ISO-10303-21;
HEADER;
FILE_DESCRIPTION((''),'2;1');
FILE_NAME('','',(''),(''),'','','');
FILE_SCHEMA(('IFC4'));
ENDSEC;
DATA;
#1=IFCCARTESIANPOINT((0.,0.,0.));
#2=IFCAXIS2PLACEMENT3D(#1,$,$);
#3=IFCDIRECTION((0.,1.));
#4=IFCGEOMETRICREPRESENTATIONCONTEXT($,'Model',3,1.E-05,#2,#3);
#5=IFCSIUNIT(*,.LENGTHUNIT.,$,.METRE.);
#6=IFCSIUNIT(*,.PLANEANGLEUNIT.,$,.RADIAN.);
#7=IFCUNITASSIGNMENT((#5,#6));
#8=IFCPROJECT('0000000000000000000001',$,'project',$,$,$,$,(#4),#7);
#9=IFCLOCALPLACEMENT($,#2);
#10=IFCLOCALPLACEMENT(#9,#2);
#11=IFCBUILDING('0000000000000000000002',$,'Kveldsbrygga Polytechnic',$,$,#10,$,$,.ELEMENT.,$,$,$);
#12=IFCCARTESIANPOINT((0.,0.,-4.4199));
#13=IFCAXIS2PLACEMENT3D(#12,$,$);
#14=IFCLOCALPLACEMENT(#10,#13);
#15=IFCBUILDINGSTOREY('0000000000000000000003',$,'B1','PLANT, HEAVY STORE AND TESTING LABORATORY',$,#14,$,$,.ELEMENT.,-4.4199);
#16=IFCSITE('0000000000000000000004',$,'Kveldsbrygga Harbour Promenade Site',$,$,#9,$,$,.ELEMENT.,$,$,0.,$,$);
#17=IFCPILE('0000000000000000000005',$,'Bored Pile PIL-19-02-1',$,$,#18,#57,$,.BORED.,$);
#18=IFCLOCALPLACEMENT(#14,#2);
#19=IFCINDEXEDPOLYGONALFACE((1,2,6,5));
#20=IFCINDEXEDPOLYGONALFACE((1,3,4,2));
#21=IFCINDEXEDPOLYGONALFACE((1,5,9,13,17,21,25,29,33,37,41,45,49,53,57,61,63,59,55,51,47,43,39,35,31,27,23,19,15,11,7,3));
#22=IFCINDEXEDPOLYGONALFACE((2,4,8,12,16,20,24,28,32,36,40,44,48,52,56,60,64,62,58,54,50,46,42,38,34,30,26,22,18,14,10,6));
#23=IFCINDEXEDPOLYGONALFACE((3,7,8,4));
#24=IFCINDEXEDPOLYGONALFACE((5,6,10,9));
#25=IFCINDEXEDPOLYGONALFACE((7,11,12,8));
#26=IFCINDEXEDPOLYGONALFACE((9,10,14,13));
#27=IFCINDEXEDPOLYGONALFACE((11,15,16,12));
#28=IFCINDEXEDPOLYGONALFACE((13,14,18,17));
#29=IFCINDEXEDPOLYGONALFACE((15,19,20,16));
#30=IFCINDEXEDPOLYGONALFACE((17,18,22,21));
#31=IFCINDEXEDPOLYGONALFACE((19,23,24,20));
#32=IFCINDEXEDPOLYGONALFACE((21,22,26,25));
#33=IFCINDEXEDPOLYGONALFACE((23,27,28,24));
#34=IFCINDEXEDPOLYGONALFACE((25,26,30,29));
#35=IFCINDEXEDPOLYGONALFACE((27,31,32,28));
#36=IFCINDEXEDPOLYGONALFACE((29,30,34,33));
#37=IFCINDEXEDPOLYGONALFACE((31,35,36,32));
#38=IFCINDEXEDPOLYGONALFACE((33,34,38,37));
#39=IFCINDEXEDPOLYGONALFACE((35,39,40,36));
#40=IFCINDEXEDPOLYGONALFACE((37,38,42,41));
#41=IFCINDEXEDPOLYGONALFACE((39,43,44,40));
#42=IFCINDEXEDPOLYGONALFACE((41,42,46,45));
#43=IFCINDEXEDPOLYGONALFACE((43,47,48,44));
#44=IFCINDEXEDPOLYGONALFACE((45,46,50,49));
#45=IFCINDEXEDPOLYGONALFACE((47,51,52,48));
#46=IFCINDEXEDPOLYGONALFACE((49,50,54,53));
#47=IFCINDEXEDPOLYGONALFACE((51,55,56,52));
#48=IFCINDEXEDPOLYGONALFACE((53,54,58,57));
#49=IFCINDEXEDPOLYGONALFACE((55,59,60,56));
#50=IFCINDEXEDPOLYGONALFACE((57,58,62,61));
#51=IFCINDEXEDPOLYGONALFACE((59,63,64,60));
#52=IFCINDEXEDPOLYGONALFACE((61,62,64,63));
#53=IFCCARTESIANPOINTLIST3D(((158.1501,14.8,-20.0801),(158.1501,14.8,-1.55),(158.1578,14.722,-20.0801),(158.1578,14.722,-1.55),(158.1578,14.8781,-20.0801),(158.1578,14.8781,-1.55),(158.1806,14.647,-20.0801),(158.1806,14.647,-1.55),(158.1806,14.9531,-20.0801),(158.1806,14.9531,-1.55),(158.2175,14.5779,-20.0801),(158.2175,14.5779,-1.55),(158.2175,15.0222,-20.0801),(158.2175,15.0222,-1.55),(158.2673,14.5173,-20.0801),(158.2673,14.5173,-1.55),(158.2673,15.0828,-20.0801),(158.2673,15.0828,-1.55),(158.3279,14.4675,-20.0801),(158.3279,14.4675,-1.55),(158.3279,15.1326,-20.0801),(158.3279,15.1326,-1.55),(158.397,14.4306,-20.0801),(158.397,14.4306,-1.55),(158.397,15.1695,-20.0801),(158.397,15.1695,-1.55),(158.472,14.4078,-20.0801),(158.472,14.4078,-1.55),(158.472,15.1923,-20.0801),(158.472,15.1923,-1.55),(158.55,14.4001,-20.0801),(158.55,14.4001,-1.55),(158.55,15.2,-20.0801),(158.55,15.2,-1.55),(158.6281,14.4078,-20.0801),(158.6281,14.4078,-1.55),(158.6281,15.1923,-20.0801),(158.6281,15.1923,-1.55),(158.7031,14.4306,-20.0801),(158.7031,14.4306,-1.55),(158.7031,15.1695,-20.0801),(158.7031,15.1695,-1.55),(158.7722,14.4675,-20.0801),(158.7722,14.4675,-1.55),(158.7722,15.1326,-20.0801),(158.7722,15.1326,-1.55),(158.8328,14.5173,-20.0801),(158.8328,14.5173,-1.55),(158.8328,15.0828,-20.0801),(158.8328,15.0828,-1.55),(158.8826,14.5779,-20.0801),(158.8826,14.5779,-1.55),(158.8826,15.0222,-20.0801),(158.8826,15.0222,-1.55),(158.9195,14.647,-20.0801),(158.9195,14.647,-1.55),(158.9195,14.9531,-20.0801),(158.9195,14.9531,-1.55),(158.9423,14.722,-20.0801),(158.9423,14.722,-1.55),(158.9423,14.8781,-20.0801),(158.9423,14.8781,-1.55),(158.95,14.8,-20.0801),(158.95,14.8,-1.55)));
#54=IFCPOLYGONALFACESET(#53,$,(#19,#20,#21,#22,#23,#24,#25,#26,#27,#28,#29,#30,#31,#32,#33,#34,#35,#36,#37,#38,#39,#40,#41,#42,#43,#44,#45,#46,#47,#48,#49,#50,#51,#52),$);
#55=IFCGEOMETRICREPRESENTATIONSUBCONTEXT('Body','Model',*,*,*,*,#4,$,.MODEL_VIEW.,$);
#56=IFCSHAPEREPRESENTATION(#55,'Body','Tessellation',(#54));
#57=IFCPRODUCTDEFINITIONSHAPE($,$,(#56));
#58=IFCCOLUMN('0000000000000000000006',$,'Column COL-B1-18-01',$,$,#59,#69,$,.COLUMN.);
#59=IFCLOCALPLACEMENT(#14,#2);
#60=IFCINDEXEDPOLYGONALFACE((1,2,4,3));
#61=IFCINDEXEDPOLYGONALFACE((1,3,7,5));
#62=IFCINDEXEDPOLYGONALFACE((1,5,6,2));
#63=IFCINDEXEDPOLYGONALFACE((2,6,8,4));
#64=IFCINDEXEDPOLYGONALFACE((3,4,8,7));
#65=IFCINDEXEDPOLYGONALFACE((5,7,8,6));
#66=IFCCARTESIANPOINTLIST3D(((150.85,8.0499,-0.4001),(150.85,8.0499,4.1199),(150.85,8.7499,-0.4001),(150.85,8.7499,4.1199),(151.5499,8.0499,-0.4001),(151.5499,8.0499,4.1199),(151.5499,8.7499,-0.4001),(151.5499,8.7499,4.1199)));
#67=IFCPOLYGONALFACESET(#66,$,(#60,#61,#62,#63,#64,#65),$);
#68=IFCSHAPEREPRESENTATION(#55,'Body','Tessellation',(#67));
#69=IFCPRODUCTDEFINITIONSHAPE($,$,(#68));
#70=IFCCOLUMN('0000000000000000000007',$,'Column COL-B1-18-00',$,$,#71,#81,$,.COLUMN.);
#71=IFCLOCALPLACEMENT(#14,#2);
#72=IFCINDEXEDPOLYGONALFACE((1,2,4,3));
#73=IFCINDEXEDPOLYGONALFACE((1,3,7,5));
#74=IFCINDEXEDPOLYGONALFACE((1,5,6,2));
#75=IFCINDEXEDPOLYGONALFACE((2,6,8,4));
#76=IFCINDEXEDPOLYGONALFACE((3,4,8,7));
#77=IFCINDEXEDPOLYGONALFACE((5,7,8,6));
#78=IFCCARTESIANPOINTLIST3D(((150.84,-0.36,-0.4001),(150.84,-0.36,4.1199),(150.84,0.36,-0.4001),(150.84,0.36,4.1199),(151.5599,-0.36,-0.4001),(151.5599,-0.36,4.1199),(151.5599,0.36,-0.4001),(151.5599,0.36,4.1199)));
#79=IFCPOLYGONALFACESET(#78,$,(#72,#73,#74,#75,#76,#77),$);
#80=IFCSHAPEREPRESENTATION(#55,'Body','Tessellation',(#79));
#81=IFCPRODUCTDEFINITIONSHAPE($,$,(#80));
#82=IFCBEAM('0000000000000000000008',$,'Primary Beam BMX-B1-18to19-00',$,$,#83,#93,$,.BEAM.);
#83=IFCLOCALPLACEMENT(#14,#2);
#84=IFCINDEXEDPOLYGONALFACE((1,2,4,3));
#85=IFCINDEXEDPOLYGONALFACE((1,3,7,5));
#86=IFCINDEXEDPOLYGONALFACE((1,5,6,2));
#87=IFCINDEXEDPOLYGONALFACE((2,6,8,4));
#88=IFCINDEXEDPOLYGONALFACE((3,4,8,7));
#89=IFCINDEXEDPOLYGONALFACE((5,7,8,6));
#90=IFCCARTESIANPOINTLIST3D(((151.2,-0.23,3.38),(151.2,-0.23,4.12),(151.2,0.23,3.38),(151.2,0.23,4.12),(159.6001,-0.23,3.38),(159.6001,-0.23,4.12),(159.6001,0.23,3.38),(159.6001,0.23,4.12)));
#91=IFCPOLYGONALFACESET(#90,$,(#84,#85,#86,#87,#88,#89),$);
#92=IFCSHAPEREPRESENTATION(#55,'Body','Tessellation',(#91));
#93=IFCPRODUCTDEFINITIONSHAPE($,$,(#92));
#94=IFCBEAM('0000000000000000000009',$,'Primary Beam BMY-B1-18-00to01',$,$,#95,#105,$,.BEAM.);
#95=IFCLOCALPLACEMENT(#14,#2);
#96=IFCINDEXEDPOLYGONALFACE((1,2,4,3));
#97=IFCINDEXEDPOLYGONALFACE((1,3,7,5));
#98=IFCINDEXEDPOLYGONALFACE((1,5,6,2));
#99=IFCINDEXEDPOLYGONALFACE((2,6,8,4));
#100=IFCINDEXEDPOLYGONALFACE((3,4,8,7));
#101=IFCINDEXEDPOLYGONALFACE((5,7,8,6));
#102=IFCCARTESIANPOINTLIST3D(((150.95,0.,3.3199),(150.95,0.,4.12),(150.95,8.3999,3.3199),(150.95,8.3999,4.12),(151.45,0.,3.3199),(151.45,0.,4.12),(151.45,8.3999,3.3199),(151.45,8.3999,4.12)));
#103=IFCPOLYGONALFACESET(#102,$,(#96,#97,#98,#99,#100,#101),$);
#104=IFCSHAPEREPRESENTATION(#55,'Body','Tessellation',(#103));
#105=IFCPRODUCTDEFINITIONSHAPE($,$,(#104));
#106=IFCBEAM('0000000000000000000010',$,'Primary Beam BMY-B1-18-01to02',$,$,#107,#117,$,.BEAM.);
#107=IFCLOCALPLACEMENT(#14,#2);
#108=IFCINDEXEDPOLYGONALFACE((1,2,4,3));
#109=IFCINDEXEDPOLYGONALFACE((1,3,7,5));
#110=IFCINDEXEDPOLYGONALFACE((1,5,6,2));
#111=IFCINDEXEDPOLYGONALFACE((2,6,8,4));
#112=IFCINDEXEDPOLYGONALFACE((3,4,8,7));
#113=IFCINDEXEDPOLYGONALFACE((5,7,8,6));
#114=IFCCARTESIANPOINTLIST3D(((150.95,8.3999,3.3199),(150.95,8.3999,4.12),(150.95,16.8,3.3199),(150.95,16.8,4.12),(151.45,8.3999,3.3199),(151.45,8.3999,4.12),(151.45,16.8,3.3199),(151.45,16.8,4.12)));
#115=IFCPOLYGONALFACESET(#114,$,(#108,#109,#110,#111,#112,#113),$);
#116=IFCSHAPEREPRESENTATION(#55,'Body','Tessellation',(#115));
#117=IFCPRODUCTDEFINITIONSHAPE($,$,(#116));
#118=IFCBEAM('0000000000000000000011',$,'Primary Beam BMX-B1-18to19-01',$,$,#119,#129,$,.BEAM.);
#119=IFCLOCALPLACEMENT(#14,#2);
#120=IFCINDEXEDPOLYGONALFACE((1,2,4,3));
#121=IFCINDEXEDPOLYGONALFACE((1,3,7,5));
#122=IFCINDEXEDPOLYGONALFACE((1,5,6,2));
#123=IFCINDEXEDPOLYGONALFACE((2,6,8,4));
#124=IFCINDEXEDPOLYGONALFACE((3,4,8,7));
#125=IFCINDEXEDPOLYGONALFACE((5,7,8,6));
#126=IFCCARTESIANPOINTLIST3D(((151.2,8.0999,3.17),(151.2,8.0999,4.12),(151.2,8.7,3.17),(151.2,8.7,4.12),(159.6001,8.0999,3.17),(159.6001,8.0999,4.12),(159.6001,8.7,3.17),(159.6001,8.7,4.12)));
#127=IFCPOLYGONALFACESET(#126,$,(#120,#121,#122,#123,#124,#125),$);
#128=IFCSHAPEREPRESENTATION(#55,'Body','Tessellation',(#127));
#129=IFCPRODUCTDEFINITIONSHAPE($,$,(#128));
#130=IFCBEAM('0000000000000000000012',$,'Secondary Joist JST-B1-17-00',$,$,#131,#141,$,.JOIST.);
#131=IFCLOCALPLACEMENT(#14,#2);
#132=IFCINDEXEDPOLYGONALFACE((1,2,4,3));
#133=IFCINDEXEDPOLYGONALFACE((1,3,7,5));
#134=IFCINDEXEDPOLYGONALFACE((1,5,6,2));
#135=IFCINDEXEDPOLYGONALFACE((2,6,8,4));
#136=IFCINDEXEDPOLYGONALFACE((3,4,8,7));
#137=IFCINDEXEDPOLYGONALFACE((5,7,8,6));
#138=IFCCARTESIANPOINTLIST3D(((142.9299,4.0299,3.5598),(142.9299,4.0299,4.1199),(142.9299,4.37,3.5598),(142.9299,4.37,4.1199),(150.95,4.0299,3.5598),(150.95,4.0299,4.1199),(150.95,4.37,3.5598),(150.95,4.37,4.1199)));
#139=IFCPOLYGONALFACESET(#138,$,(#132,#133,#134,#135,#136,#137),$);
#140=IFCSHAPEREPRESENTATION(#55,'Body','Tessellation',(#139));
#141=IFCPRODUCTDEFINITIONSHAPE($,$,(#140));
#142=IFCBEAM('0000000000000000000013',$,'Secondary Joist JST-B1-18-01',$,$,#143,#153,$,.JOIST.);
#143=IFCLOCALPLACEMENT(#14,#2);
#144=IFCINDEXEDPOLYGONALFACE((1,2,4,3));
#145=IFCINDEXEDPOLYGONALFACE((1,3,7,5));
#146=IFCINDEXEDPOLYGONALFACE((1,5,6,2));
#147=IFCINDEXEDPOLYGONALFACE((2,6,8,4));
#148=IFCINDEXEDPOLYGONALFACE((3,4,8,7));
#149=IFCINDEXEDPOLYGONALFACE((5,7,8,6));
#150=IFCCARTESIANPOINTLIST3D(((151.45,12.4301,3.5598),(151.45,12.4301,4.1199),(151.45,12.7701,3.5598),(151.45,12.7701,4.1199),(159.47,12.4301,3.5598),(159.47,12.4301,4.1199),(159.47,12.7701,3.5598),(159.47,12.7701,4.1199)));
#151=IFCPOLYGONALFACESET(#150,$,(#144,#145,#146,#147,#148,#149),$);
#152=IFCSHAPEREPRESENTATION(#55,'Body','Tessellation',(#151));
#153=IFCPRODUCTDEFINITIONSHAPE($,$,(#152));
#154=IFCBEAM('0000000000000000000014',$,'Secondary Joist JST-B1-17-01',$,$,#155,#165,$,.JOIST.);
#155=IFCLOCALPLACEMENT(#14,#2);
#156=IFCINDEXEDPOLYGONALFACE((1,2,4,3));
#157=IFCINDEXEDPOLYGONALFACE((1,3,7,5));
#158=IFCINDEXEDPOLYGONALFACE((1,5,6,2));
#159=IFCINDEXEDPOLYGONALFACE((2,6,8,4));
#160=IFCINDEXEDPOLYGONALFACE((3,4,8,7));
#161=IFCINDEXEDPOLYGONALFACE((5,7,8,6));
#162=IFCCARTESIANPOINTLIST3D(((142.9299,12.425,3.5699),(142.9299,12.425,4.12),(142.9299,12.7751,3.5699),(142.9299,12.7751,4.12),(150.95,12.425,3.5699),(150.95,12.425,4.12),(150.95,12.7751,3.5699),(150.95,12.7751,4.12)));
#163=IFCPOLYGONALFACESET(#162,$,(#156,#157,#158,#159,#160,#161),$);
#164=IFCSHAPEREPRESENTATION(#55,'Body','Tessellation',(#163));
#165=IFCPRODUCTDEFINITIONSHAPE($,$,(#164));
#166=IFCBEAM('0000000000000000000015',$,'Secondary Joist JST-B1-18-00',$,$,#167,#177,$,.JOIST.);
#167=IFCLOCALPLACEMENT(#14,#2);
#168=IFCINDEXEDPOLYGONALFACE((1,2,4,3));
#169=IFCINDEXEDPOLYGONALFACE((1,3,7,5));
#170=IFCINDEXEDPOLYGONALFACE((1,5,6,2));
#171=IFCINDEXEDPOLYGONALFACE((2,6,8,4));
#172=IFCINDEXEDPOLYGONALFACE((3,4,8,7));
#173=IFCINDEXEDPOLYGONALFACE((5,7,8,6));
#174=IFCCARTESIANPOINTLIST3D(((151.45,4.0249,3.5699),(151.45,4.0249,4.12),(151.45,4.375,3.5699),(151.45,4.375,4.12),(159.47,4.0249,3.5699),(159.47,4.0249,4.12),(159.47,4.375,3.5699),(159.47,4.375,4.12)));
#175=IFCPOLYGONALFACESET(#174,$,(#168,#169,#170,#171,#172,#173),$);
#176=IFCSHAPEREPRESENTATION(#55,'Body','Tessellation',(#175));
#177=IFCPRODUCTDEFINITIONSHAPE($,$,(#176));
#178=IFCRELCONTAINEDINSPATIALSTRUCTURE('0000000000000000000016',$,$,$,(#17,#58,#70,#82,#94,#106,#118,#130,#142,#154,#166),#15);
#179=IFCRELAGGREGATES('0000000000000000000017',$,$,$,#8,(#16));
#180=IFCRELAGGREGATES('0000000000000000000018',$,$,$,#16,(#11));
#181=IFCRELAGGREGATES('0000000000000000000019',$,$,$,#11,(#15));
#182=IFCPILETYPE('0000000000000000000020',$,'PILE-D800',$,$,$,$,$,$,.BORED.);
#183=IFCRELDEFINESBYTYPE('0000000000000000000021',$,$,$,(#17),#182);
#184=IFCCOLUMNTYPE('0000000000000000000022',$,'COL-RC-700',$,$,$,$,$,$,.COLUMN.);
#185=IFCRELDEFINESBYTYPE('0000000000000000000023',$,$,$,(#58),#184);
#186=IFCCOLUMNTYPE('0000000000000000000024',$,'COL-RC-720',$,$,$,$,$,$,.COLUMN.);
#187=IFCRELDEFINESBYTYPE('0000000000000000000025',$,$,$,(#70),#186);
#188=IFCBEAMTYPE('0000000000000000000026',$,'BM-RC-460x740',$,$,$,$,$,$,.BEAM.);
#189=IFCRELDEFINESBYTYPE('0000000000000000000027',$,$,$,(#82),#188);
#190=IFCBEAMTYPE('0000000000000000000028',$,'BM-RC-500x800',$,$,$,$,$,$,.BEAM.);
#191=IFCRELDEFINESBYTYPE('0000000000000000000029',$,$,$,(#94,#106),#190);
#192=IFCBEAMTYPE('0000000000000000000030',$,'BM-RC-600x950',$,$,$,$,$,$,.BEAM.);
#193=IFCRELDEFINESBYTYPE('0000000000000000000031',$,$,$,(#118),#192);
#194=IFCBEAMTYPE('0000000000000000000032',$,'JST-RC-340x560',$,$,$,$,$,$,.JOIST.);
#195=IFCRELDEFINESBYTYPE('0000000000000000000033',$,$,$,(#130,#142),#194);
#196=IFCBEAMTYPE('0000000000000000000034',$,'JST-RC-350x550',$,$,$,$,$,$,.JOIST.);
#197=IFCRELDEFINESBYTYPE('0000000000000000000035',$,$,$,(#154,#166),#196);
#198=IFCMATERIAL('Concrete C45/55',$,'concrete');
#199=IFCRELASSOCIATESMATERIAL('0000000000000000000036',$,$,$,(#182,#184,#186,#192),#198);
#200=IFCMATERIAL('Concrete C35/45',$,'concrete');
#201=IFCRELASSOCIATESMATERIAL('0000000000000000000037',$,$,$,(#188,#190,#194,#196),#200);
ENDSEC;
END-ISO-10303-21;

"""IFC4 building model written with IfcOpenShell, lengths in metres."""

from ifc_helpers import new_model, si_unit, direction, frame, origin, origin_2d, place, context, subcontext, project, spatial, rectangle, circle, extrude, material, material_profile, profile_set, type_object, element, save


model = new_model("IFC4")

# Units and contexts
model_context = context("Model", 3, precision=1e-05, world=origin(), true_north=direction((0.0, 1.0)))
body_context = subcontext(model_context, "Body", "Model", "MODEL_VIEW")
ifc_project = project(units=[si_unit("LENGTHUNIT", "METRE"), si_unit("PLANEANGLEUNIT", "RADIAN")], contexts=[model_context])

# Site, building, storey
site_placement = place(None, origin())
site = spatial("IfcSite", under=ifc_project, at=site_placement, Name="Kveldsbrygga Harbour Promenade Site", CompositionType="ELEMENT", RefElevation=0.0)
building_placement = place(site_placement, origin())
building = spatial("IfcBuilding", under=site, at=building_placement, Name="Kveldsbrygga Polytechnic", CompositionType="ELEMENT")
storey_placement = place(building_placement, frame((0.0, 0.0, -4.4199)))
storey = spatial("IfcBuildingStorey", under=building, at=storey_placement, Name="B1", Description="PLANT, HEAVY STORE AND TESTING LABORATORY", CompositionType="ELEMENT", Elevation=-4.4199)

# Shared definitions
ifc_material_1 = material(Name="Concrete C45/55", Category="concrete")

# Pile
ifc_material_profile_1 = material_profile(ifc_material_1, circle(Radius=0.3999, at=origin_2d()), Name="PILE D800")
ifc_profile_set_1 = profile_set([ifc_material_profile_1], Name="Concrete C45/55")
pile_type_1 = type_object("IfcPileType", Name="PILE-D800", PredefinedType="BORED", material=ifc_profile_set_1)
pile_1_placement = place(storey_placement, frame((158.55, 14.8, -1.55), z_axis=(0.0, 0.0, -1.0), x_axis=(1.0, 0.0, 0.0)))
element("IfcPile", 1, at=pile_1_placement, inside=storey, type_object=pile_type_1, Name="Bored Pile PIL-19-02-1", PredefinedType="BORED", context=body_context, shape_type="SweptSolid", body=[
    extrude(circle(Radius=0.3999, at=origin_2d()), origin(), (0.0, 0.0, 1.0), 18.53),
])

# Columns
ifc_material_profile_2 = material_profile(ifc_material_1, rectangle(XDim=0.7, YDim=0.7, at=origin_2d()), Name="RC 700x700")
ifc_profile_set_2 = profile_set([ifc_material_profile_2], Name="Concrete C45/55")
column_type_1 = type_object("IfcColumnType", Name="COL-RC-700", PredefinedType="COLUMN", material=ifc_profile_set_2)
column_1_placement = place(storey_placement, frame((151.2, 8.3999, -0.4001), z_axis=(0.0, 0.0, 1.0), x_axis=(1.0, 0.0, 0.0)))
element("IfcColumn", 2, at=column_1_placement, inside=storey, type_object=column_type_1, Name="Column COL-B1-18-01", PredefinedType="COLUMN", context=body_context, shape_type="SweptSolid", body=[
    extrude(rectangle(XDim=0.7, YDim=0.7, at=origin_2d()), origin(), (0.0, 0.0, 1.0), 4.52),
])
ifc_material_profile_3 = material_profile(ifc_material_1, rectangle(XDim=0.72, YDim=0.72, at=origin_2d()), Name="RC 720x720")
ifc_profile_set_3 = profile_set([ifc_material_profile_3], Name="Concrete C45/55")
column_type_2 = type_object("IfcColumnType", Name="COL-RC-720", PredefinedType="COLUMN", material=ifc_profile_set_3)
column_2_placement = place(storey_placement, frame((151.2, 0.0, -0.4001), z_axis=(0.0, 0.0, 1.0), x_axis=(1.0, 0.0, 0.0)))
element("IfcColumn", 3, at=column_2_placement, inside=storey, type_object=column_type_2, Name="Column COL-B1-18-00", PredefinedType="COLUMN", context=body_context, shape_type="SweptSolid", body=[
    extrude(rectangle(XDim=0.72, YDim=0.72, at=origin_2d()), origin(), (0.0, 0.0, 1.0), 4.52),
])

# Beams
ifc_material_2 = material(Name="Concrete C35/45", Category="concrete")
ifc_material_profile_4 = material_profile(ifc_material_2, rectangle(XDim=0.46, YDim=0.74, at=origin_2d()), Name="RC 460x740")
ifc_profile_set_4 = profile_set([ifc_material_profile_4], Name="Concrete C35/45")
beam_type_1 = type_object("IfcBeamType", Name="BM-RC-460x740", PredefinedType="BEAM", material=ifc_profile_set_4)
beam_1_placement = place(storey_placement, frame((151.2, 0.0, 3.75), z_axis=(1.0, 0.0, 0.0), x_axis=(0.0, 1.0, 0.0)))
element("IfcBeam", 4, at=beam_1_placement, inside=storey, type_object=beam_type_1, Name="Primary Beam BMX-B1-18to19-00", PredefinedType="BEAM", context=body_context, shape_type="SweptSolid", body=[
    extrude(rectangle(XDim=0.46, YDim=0.74, at=origin_2d()), origin(), (0.0, 0.0, 1.0), 8.4001),
])
ifc_material_profile_5 = material_profile(ifc_material_2, rectangle(XDim=0.5, YDim=0.8, at=origin_2d()), Name="RC 500x800")
ifc_profile_set_5 = profile_set([ifc_material_profile_5], Name="Concrete C35/45")
beam_type_2 = type_object("IfcBeamType", Name="BM-RC-500x800", PredefinedType="BEAM", material=ifc_profile_set_5)
beam_2_placement = place(storey_placement, frame((151.2, 0.0, 3.72), z_axis=(0.0, 1.0, 0.0), x_axis=(-1.0, 0.0, 0.0)))
element("IfcBeam", 5, at=beam_2_placement, inside=storey, type_object=beam_type_2, Name="Primary Beam BMY-B1-18-00to01", PredefinedType="BEAM", context=body_context, shape_type="SweptSolid", body=[
    extrude(rectangle(XDim=0.5, YDim=0.8, at=origin_2d()), origin(), (0.0, 0.0, 1.0), 8.3999),
])
beam_3_placement = place(storey_placement, frame((151.2, 8.3999, 3.72), z_axis=(0.0, 1.0, 0.0), x_axis=(-1.0, 0.0, 0.0)))
element("IfcBeam", 6, at=beam_3_placement, inside=storey, type_object=beam_type_2, Name="Primary Beam BMY-B1-18-01to02", PredefinedType="BEAM", context=body_context, shape_type="SweptSolid", body=[
    extrude(rectangle(XDim=0.5, YDim=0.8, at=origin_2d()), origin(), (0.0, 0.0, 1.0), 8.4001),
])
ifc_material_profile_6 = material_profile(ifc_material_1, rectangle(XDim=0.6001, YDim=0.95, at=origin_2d()), Name="RC 600x950")
ifc_profile_set_6 = profile_set([ifc_material_profile_6], Name="Concrete C45/55")
beam_type_3 = type_object("IfcBeamType", Name="BM-RC-600x950", PredefinedType="BEAM", material=ifc_profile_set_6)
beam_4_placement = place(storey_placement, frame((151.2, 8.3999, 3.645), z_axis=(1.0, 0.0, 0.0), x_axis=(0.0, 1.0, 0.0)))
element("IfcBeam", 7, at=beam_4_placement, inside=storey, type_object=beam_type_3, Name="Primary Beam BMX-B1-18to19-01", PredefinedType="BEAM", context=body_context, shape_type="SweptSolid", body=[
    extrude(rectangle(XDim=0.6001, YDim=0.95, at=origin_2d()), origin(), (0.0, 0.0, 1.0), 8.4001),
])
ifc_material_profile_7 = material_profile(ifc_material_2, rectangle(XDim=0.3401, YDim=0.5601, at=origin_2d()), Name="RC 340x560")
ifc_profile_set_7 = profile_set([ifc_material_profile_7], Name="Concrete C35/45")
beam_type_4 = type_object("IfcBeamType", Name="JST-RC-340x560", PredefinedType="JOIST", material=ifc_profile_set_7)
for number, where, z_axis, x_axis, name in (
    (8, (142.9299, 4.2, 3.8398), (1.0, 0.0, 0.0), (0.0, 1.0, 0.0), "Secondary Joist JST-B1-17-00"),
    (9, (151.45, 12.6001, 3.8398), (1.0, 0.0, 0.0), (0.0, 1.0, 0.0), "Secondary Joist JST-B1-18-01"),
):
    element("IfcBeam", number, at=place(storey_placement, frame(where, z_axis=z_axis, x_axis=x_axis)), inside=storey, type_object=beam_type_4, Name=name, PredefinedType="JOIST", context=body_context, shape_type="SweptSolid", body=[
        extrude(rectangle(XDim=0.3401, YDim=0.5601, at=origin_2d()), origin(), (0.0, 0.0, 1.0), 8.02),
    ])
ifc_material_profile_8 = material_profile(ifc_material_2, rectangle(XDim=0.3501, YDim=0.55, at=origin_2d()), Name="RC 350x550")
ifc_profile_set_8 = profile_set([ifc_material_profile_8], Name="Concrete C35/45")
beam_type_5 = type_object("IfcBeamType", Name="JST-RC-350x550", PredefinedType="JOIST", material=ifc_profile_set_8)
for number, where, z_axis, x_axis, name in (
    (10, (142.9299, 12.6001, 3.845), (1.0, 0.0, 0.0), (0.0, 1.0, 0.0), "Secondary Joist JST-B1-17-01"),
    (11, (151.45, 4.2, 3.845), (1.0, 0.0, 0.0), (0.0, 1.0, 0.0), "Secondary Joist JST-B1-18-00"),
):
    element("IfcBeam", number, at=place(storey_placement, frame(where, z_axis=z_axis, x_axis=x_axis)), inside=storey, type_object=beam_type_5, Name=name, PredefinedType="JOIST", context=body_context, shape_type="SweptSolid", body=[
        extrude(rectangle(XDim=0.3501, YDim=0.55, at=origin_2d()), origin(), (0.0, 0.0, 1.0), 8.02),
    ])

save(model, "model.ifc")
